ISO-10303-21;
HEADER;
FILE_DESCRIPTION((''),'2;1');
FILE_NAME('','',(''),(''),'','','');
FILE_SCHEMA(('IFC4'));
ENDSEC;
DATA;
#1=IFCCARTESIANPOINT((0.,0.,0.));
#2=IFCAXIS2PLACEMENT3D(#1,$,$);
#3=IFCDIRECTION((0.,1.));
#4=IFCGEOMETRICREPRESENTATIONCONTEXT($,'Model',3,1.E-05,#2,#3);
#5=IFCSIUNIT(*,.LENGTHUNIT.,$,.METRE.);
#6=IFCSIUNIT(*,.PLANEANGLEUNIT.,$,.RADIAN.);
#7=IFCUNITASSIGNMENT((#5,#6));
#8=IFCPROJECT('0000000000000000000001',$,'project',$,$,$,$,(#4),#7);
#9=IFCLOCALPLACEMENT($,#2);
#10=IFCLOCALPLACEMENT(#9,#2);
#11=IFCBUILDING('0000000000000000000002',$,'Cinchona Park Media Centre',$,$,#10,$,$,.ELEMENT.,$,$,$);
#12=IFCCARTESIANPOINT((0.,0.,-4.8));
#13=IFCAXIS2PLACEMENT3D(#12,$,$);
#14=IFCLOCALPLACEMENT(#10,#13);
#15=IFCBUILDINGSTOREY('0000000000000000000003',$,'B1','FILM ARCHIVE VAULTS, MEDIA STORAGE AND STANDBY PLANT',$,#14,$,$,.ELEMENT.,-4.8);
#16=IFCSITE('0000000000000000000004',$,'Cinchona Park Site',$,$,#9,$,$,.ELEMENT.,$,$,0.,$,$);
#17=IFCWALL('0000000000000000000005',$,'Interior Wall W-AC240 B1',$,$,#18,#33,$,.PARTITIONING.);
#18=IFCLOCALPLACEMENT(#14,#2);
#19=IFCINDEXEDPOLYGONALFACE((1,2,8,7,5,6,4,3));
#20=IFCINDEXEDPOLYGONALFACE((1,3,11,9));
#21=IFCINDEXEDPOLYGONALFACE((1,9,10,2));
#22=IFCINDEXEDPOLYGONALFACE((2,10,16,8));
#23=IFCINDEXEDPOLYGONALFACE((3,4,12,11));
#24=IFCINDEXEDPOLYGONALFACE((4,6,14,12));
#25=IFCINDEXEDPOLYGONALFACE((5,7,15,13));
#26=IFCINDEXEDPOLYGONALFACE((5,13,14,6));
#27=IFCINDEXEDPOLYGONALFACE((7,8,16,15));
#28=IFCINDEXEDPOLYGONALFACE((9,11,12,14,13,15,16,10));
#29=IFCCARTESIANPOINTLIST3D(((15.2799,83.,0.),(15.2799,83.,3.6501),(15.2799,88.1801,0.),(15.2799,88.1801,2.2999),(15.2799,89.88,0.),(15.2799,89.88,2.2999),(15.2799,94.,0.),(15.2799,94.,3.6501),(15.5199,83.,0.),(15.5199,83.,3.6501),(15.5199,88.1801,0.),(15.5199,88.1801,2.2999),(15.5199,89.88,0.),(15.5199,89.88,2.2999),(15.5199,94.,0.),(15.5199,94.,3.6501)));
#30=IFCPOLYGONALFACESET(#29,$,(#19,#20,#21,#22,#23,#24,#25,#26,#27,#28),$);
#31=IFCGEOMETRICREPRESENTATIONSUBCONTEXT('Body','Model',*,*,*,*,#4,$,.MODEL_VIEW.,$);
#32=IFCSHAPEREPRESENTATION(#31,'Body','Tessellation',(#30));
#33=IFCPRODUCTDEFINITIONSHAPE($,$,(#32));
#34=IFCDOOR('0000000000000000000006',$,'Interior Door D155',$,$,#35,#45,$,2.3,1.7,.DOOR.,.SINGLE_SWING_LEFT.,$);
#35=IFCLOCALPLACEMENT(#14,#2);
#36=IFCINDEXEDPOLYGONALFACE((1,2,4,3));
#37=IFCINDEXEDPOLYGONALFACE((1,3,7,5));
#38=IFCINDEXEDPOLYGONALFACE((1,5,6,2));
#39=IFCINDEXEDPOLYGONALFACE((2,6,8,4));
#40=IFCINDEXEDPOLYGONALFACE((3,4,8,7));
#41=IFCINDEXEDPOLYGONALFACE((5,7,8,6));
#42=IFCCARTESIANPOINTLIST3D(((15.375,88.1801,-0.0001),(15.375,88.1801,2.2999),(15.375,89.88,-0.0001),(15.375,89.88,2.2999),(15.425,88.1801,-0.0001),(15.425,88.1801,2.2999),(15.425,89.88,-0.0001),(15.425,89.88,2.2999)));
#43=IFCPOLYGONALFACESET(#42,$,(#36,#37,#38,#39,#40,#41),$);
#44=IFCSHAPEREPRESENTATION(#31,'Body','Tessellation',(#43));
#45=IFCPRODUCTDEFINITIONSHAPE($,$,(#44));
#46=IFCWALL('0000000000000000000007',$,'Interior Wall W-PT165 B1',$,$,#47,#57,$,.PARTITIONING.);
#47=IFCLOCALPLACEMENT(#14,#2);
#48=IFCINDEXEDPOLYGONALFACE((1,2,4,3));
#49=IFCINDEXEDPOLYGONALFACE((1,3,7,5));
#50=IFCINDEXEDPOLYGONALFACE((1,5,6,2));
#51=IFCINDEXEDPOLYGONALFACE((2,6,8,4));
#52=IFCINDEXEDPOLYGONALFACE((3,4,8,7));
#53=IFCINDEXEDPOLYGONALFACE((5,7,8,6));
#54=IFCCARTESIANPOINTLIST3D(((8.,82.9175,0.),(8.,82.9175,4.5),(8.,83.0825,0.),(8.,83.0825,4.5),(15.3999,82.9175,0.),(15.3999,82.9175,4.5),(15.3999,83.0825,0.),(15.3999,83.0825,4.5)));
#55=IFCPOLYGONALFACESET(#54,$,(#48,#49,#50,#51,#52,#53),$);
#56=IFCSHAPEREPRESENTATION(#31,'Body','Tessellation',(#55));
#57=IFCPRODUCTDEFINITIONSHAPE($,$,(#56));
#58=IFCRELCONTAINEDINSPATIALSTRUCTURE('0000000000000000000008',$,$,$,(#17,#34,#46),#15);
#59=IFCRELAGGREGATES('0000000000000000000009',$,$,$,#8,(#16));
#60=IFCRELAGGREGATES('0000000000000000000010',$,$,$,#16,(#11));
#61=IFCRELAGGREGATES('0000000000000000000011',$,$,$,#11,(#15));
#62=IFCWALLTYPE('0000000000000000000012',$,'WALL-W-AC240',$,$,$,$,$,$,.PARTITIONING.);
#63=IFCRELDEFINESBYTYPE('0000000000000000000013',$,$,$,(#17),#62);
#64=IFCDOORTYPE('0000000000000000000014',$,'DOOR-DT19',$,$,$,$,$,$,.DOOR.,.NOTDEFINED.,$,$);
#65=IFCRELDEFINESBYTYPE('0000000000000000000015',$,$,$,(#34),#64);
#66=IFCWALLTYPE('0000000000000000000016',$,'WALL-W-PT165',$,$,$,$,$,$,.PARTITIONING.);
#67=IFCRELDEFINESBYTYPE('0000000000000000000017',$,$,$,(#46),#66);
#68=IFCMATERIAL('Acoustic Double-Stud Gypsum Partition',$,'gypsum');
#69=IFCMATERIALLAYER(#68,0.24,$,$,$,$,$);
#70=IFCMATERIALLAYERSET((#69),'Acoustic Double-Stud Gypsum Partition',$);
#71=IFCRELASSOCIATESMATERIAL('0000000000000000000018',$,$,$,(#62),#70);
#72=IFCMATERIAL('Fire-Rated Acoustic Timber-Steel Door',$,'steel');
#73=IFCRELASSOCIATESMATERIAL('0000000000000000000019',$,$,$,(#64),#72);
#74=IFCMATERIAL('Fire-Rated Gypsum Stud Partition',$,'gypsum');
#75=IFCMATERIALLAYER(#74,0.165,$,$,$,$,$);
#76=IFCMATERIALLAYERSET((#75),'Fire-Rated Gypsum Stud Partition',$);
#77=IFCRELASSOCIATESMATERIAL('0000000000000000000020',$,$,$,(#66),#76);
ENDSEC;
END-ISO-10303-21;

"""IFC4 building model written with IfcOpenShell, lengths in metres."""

from ifc_helpers import new_model, si_unit, direction, frame, frame_2d, origin, place, context, subcontext, project, spatial, rectangle, extrude, material, layer, layer_set, type_object, element, fill, save


model = new_model("IFC4")

# Units and contexts
model_context = context("Model", 3, precision=1e-05, world=origin(), true_north=direction((0.0, 1.0)))
body_context = subcontext(model_context, "Body", "Model", "MODEL_VIEW")
ifc_project = project(units=[si_unit("LENGTHUNIT", "METRE"), si_unit("PLANEANGLEUNIT", "RADIAN")], contexts=[model_context])

# Site, building, storey
site_placement = place(None, origin())
site = spatial("IfcSite", under=ifc_project, at=site_placement, Name="Cinchona Park Site", CompositionType="ELEMENT", RefElevation=0.0)
building_placement = place(site_placement, origin())
building = spatial("IfcBuilding", under=site, at=building_placement, Name="Cinchona Park Media Centre", CompositionType="ELEMENT")
storey_placement = place(building_placement, frame((0.0, 0.0, -4.8)))
storey = spatial("IfcBuildingStorey", under=building, at=storey_placement, Name="B1", Description="FILM ARCHIVE VAULTS, MEDIA STORAGE AND STANDBY PLANT", CompositionType="ELEMENT", Elevation=-4.8)

# Wall, opening, door
ifc_material_1 = material(Name="Acoustic Double-Stud Gypsum Partition", Category="gypsum")
ifc_layer_1 = layer(ifc_material_1, 0.24)
ifc_layer_set_1 = layer_set([ifc_layer_1], Name="Acoustic Double-Stud Gypsum Partition")
wall_type_1 = type_object("IfcWallType", Name="WALL-W-AC240", PredefinedType="PARTITIONING", material=ifc_layer_set_1)
wall_1_placement = place(storey_placement, frame((15.3999, 83.0, 0.0), z_axis=(0.0, 0.0, 1.0), x_axis=(0.0, 1.0, 0.0)))
wall_1 = element("IfcWall", 1, at=wall_1_placement, inside=storey, type_object=wall_type_1, Name="Interior Wall W-AC240 B1", PredefinedType="PARTITIONING", context=body_context, shape_type="SweptSolid", body=[
    extrude(rectangle(XDim=11.0, YDim=0.24, at=frame_2d((5.5, 0.0))), origin(), (0.0, 0.0, 1.0), 3.6501),
])
opening_placement = place(wall_1_placement, frame((5.1799, 0.0, 0.0)))
opening = element("IfcOpeningElement", 2, at=opening_placement, cuts=wall_1, PredefinedType="OPENING", context=body_context, shape_type="SweptSolid", body=[
    extrude(rectangle(XDim=1.7, YDim=2.3, at=frame_2d((0.8501, 1.1499))), frame((0.0, 0.1299, 0.0), z_axis=(0.0, -1.0, 0.0), x_axis=(1.0, 0.0, 0.0)), (0.0, 0.0, 1.0), 0.26),
])
ifc_material_2 = material(Name="Fire-Rated Acoustic Timber-Steel Door", Category="steel")
door_type = type_object("IfcDoorType", Name="DOOR-DT19", OperationType="NOTDEFINED", PredefinedType="DOOR", material=ifc_material_2)
door_placement = place(opening_placement, origin())
door = element("IfcDoor", 3, at=door_placement, inside=storey, type_object=door_type, Name="Interior Door D155", OperationType="SINGLE_SWING_LEFT", OverallHeight=2.3, OverallWidth=1.7, PredefinedType="DOOR", context=body_context, shape_type="SweptSolid", body=[
    extrude(rectangle(XDim=1.7, YDim=2.3, at=frame_2d((0.8501, 1.1499))), frame((0.0, 0.0249, 0.0), z_axis=(0.0, -1.0, 0.0), x_axis=(1.0, 0.0, 0.0)), (0.0, 0.0, 1.0), 0.05),
])
fill(opening, door)

# Wall
ifc_material_3 = material(Name="Fire-Rated Gypsum Stud Partition", Category="gypsum")
ifc_layer_2 = layer(ifc_material_3, 0.165)
ifc_layer_set_2 = layer_set([ifc_layer_2], Name="Fire-Rated Gypsum Stud Partition")
wall_type_2 = type_object("IfcWallType", Name="WALL-W-PT165", PredefinedType="PARTITIONING", material=ifc_layer_set_2)
wall_2_placement = place(storey_placement, frame((8.0, 83.0, 0.0), z_axis=(0.0, 0.0, 1.0), x_axis=(1.0, 0.0, 0.0)))
element("IfcWall", 4, at=wall_2_placement, inside=storey, type_object=wall_type_2, Name="Interior Wall W-PT165 B1", PredefinedType="PARTITIONING", context=body_context, shape_type="SweptSolid", body=[
    extrude(rectangle(XDim=7.3999, YDim=0.165, at=frame_2d((3.7, 0.0))), origin(), (0.0, 0.0, 1.0), 4.5),
])

save(model, "model.ifc")
